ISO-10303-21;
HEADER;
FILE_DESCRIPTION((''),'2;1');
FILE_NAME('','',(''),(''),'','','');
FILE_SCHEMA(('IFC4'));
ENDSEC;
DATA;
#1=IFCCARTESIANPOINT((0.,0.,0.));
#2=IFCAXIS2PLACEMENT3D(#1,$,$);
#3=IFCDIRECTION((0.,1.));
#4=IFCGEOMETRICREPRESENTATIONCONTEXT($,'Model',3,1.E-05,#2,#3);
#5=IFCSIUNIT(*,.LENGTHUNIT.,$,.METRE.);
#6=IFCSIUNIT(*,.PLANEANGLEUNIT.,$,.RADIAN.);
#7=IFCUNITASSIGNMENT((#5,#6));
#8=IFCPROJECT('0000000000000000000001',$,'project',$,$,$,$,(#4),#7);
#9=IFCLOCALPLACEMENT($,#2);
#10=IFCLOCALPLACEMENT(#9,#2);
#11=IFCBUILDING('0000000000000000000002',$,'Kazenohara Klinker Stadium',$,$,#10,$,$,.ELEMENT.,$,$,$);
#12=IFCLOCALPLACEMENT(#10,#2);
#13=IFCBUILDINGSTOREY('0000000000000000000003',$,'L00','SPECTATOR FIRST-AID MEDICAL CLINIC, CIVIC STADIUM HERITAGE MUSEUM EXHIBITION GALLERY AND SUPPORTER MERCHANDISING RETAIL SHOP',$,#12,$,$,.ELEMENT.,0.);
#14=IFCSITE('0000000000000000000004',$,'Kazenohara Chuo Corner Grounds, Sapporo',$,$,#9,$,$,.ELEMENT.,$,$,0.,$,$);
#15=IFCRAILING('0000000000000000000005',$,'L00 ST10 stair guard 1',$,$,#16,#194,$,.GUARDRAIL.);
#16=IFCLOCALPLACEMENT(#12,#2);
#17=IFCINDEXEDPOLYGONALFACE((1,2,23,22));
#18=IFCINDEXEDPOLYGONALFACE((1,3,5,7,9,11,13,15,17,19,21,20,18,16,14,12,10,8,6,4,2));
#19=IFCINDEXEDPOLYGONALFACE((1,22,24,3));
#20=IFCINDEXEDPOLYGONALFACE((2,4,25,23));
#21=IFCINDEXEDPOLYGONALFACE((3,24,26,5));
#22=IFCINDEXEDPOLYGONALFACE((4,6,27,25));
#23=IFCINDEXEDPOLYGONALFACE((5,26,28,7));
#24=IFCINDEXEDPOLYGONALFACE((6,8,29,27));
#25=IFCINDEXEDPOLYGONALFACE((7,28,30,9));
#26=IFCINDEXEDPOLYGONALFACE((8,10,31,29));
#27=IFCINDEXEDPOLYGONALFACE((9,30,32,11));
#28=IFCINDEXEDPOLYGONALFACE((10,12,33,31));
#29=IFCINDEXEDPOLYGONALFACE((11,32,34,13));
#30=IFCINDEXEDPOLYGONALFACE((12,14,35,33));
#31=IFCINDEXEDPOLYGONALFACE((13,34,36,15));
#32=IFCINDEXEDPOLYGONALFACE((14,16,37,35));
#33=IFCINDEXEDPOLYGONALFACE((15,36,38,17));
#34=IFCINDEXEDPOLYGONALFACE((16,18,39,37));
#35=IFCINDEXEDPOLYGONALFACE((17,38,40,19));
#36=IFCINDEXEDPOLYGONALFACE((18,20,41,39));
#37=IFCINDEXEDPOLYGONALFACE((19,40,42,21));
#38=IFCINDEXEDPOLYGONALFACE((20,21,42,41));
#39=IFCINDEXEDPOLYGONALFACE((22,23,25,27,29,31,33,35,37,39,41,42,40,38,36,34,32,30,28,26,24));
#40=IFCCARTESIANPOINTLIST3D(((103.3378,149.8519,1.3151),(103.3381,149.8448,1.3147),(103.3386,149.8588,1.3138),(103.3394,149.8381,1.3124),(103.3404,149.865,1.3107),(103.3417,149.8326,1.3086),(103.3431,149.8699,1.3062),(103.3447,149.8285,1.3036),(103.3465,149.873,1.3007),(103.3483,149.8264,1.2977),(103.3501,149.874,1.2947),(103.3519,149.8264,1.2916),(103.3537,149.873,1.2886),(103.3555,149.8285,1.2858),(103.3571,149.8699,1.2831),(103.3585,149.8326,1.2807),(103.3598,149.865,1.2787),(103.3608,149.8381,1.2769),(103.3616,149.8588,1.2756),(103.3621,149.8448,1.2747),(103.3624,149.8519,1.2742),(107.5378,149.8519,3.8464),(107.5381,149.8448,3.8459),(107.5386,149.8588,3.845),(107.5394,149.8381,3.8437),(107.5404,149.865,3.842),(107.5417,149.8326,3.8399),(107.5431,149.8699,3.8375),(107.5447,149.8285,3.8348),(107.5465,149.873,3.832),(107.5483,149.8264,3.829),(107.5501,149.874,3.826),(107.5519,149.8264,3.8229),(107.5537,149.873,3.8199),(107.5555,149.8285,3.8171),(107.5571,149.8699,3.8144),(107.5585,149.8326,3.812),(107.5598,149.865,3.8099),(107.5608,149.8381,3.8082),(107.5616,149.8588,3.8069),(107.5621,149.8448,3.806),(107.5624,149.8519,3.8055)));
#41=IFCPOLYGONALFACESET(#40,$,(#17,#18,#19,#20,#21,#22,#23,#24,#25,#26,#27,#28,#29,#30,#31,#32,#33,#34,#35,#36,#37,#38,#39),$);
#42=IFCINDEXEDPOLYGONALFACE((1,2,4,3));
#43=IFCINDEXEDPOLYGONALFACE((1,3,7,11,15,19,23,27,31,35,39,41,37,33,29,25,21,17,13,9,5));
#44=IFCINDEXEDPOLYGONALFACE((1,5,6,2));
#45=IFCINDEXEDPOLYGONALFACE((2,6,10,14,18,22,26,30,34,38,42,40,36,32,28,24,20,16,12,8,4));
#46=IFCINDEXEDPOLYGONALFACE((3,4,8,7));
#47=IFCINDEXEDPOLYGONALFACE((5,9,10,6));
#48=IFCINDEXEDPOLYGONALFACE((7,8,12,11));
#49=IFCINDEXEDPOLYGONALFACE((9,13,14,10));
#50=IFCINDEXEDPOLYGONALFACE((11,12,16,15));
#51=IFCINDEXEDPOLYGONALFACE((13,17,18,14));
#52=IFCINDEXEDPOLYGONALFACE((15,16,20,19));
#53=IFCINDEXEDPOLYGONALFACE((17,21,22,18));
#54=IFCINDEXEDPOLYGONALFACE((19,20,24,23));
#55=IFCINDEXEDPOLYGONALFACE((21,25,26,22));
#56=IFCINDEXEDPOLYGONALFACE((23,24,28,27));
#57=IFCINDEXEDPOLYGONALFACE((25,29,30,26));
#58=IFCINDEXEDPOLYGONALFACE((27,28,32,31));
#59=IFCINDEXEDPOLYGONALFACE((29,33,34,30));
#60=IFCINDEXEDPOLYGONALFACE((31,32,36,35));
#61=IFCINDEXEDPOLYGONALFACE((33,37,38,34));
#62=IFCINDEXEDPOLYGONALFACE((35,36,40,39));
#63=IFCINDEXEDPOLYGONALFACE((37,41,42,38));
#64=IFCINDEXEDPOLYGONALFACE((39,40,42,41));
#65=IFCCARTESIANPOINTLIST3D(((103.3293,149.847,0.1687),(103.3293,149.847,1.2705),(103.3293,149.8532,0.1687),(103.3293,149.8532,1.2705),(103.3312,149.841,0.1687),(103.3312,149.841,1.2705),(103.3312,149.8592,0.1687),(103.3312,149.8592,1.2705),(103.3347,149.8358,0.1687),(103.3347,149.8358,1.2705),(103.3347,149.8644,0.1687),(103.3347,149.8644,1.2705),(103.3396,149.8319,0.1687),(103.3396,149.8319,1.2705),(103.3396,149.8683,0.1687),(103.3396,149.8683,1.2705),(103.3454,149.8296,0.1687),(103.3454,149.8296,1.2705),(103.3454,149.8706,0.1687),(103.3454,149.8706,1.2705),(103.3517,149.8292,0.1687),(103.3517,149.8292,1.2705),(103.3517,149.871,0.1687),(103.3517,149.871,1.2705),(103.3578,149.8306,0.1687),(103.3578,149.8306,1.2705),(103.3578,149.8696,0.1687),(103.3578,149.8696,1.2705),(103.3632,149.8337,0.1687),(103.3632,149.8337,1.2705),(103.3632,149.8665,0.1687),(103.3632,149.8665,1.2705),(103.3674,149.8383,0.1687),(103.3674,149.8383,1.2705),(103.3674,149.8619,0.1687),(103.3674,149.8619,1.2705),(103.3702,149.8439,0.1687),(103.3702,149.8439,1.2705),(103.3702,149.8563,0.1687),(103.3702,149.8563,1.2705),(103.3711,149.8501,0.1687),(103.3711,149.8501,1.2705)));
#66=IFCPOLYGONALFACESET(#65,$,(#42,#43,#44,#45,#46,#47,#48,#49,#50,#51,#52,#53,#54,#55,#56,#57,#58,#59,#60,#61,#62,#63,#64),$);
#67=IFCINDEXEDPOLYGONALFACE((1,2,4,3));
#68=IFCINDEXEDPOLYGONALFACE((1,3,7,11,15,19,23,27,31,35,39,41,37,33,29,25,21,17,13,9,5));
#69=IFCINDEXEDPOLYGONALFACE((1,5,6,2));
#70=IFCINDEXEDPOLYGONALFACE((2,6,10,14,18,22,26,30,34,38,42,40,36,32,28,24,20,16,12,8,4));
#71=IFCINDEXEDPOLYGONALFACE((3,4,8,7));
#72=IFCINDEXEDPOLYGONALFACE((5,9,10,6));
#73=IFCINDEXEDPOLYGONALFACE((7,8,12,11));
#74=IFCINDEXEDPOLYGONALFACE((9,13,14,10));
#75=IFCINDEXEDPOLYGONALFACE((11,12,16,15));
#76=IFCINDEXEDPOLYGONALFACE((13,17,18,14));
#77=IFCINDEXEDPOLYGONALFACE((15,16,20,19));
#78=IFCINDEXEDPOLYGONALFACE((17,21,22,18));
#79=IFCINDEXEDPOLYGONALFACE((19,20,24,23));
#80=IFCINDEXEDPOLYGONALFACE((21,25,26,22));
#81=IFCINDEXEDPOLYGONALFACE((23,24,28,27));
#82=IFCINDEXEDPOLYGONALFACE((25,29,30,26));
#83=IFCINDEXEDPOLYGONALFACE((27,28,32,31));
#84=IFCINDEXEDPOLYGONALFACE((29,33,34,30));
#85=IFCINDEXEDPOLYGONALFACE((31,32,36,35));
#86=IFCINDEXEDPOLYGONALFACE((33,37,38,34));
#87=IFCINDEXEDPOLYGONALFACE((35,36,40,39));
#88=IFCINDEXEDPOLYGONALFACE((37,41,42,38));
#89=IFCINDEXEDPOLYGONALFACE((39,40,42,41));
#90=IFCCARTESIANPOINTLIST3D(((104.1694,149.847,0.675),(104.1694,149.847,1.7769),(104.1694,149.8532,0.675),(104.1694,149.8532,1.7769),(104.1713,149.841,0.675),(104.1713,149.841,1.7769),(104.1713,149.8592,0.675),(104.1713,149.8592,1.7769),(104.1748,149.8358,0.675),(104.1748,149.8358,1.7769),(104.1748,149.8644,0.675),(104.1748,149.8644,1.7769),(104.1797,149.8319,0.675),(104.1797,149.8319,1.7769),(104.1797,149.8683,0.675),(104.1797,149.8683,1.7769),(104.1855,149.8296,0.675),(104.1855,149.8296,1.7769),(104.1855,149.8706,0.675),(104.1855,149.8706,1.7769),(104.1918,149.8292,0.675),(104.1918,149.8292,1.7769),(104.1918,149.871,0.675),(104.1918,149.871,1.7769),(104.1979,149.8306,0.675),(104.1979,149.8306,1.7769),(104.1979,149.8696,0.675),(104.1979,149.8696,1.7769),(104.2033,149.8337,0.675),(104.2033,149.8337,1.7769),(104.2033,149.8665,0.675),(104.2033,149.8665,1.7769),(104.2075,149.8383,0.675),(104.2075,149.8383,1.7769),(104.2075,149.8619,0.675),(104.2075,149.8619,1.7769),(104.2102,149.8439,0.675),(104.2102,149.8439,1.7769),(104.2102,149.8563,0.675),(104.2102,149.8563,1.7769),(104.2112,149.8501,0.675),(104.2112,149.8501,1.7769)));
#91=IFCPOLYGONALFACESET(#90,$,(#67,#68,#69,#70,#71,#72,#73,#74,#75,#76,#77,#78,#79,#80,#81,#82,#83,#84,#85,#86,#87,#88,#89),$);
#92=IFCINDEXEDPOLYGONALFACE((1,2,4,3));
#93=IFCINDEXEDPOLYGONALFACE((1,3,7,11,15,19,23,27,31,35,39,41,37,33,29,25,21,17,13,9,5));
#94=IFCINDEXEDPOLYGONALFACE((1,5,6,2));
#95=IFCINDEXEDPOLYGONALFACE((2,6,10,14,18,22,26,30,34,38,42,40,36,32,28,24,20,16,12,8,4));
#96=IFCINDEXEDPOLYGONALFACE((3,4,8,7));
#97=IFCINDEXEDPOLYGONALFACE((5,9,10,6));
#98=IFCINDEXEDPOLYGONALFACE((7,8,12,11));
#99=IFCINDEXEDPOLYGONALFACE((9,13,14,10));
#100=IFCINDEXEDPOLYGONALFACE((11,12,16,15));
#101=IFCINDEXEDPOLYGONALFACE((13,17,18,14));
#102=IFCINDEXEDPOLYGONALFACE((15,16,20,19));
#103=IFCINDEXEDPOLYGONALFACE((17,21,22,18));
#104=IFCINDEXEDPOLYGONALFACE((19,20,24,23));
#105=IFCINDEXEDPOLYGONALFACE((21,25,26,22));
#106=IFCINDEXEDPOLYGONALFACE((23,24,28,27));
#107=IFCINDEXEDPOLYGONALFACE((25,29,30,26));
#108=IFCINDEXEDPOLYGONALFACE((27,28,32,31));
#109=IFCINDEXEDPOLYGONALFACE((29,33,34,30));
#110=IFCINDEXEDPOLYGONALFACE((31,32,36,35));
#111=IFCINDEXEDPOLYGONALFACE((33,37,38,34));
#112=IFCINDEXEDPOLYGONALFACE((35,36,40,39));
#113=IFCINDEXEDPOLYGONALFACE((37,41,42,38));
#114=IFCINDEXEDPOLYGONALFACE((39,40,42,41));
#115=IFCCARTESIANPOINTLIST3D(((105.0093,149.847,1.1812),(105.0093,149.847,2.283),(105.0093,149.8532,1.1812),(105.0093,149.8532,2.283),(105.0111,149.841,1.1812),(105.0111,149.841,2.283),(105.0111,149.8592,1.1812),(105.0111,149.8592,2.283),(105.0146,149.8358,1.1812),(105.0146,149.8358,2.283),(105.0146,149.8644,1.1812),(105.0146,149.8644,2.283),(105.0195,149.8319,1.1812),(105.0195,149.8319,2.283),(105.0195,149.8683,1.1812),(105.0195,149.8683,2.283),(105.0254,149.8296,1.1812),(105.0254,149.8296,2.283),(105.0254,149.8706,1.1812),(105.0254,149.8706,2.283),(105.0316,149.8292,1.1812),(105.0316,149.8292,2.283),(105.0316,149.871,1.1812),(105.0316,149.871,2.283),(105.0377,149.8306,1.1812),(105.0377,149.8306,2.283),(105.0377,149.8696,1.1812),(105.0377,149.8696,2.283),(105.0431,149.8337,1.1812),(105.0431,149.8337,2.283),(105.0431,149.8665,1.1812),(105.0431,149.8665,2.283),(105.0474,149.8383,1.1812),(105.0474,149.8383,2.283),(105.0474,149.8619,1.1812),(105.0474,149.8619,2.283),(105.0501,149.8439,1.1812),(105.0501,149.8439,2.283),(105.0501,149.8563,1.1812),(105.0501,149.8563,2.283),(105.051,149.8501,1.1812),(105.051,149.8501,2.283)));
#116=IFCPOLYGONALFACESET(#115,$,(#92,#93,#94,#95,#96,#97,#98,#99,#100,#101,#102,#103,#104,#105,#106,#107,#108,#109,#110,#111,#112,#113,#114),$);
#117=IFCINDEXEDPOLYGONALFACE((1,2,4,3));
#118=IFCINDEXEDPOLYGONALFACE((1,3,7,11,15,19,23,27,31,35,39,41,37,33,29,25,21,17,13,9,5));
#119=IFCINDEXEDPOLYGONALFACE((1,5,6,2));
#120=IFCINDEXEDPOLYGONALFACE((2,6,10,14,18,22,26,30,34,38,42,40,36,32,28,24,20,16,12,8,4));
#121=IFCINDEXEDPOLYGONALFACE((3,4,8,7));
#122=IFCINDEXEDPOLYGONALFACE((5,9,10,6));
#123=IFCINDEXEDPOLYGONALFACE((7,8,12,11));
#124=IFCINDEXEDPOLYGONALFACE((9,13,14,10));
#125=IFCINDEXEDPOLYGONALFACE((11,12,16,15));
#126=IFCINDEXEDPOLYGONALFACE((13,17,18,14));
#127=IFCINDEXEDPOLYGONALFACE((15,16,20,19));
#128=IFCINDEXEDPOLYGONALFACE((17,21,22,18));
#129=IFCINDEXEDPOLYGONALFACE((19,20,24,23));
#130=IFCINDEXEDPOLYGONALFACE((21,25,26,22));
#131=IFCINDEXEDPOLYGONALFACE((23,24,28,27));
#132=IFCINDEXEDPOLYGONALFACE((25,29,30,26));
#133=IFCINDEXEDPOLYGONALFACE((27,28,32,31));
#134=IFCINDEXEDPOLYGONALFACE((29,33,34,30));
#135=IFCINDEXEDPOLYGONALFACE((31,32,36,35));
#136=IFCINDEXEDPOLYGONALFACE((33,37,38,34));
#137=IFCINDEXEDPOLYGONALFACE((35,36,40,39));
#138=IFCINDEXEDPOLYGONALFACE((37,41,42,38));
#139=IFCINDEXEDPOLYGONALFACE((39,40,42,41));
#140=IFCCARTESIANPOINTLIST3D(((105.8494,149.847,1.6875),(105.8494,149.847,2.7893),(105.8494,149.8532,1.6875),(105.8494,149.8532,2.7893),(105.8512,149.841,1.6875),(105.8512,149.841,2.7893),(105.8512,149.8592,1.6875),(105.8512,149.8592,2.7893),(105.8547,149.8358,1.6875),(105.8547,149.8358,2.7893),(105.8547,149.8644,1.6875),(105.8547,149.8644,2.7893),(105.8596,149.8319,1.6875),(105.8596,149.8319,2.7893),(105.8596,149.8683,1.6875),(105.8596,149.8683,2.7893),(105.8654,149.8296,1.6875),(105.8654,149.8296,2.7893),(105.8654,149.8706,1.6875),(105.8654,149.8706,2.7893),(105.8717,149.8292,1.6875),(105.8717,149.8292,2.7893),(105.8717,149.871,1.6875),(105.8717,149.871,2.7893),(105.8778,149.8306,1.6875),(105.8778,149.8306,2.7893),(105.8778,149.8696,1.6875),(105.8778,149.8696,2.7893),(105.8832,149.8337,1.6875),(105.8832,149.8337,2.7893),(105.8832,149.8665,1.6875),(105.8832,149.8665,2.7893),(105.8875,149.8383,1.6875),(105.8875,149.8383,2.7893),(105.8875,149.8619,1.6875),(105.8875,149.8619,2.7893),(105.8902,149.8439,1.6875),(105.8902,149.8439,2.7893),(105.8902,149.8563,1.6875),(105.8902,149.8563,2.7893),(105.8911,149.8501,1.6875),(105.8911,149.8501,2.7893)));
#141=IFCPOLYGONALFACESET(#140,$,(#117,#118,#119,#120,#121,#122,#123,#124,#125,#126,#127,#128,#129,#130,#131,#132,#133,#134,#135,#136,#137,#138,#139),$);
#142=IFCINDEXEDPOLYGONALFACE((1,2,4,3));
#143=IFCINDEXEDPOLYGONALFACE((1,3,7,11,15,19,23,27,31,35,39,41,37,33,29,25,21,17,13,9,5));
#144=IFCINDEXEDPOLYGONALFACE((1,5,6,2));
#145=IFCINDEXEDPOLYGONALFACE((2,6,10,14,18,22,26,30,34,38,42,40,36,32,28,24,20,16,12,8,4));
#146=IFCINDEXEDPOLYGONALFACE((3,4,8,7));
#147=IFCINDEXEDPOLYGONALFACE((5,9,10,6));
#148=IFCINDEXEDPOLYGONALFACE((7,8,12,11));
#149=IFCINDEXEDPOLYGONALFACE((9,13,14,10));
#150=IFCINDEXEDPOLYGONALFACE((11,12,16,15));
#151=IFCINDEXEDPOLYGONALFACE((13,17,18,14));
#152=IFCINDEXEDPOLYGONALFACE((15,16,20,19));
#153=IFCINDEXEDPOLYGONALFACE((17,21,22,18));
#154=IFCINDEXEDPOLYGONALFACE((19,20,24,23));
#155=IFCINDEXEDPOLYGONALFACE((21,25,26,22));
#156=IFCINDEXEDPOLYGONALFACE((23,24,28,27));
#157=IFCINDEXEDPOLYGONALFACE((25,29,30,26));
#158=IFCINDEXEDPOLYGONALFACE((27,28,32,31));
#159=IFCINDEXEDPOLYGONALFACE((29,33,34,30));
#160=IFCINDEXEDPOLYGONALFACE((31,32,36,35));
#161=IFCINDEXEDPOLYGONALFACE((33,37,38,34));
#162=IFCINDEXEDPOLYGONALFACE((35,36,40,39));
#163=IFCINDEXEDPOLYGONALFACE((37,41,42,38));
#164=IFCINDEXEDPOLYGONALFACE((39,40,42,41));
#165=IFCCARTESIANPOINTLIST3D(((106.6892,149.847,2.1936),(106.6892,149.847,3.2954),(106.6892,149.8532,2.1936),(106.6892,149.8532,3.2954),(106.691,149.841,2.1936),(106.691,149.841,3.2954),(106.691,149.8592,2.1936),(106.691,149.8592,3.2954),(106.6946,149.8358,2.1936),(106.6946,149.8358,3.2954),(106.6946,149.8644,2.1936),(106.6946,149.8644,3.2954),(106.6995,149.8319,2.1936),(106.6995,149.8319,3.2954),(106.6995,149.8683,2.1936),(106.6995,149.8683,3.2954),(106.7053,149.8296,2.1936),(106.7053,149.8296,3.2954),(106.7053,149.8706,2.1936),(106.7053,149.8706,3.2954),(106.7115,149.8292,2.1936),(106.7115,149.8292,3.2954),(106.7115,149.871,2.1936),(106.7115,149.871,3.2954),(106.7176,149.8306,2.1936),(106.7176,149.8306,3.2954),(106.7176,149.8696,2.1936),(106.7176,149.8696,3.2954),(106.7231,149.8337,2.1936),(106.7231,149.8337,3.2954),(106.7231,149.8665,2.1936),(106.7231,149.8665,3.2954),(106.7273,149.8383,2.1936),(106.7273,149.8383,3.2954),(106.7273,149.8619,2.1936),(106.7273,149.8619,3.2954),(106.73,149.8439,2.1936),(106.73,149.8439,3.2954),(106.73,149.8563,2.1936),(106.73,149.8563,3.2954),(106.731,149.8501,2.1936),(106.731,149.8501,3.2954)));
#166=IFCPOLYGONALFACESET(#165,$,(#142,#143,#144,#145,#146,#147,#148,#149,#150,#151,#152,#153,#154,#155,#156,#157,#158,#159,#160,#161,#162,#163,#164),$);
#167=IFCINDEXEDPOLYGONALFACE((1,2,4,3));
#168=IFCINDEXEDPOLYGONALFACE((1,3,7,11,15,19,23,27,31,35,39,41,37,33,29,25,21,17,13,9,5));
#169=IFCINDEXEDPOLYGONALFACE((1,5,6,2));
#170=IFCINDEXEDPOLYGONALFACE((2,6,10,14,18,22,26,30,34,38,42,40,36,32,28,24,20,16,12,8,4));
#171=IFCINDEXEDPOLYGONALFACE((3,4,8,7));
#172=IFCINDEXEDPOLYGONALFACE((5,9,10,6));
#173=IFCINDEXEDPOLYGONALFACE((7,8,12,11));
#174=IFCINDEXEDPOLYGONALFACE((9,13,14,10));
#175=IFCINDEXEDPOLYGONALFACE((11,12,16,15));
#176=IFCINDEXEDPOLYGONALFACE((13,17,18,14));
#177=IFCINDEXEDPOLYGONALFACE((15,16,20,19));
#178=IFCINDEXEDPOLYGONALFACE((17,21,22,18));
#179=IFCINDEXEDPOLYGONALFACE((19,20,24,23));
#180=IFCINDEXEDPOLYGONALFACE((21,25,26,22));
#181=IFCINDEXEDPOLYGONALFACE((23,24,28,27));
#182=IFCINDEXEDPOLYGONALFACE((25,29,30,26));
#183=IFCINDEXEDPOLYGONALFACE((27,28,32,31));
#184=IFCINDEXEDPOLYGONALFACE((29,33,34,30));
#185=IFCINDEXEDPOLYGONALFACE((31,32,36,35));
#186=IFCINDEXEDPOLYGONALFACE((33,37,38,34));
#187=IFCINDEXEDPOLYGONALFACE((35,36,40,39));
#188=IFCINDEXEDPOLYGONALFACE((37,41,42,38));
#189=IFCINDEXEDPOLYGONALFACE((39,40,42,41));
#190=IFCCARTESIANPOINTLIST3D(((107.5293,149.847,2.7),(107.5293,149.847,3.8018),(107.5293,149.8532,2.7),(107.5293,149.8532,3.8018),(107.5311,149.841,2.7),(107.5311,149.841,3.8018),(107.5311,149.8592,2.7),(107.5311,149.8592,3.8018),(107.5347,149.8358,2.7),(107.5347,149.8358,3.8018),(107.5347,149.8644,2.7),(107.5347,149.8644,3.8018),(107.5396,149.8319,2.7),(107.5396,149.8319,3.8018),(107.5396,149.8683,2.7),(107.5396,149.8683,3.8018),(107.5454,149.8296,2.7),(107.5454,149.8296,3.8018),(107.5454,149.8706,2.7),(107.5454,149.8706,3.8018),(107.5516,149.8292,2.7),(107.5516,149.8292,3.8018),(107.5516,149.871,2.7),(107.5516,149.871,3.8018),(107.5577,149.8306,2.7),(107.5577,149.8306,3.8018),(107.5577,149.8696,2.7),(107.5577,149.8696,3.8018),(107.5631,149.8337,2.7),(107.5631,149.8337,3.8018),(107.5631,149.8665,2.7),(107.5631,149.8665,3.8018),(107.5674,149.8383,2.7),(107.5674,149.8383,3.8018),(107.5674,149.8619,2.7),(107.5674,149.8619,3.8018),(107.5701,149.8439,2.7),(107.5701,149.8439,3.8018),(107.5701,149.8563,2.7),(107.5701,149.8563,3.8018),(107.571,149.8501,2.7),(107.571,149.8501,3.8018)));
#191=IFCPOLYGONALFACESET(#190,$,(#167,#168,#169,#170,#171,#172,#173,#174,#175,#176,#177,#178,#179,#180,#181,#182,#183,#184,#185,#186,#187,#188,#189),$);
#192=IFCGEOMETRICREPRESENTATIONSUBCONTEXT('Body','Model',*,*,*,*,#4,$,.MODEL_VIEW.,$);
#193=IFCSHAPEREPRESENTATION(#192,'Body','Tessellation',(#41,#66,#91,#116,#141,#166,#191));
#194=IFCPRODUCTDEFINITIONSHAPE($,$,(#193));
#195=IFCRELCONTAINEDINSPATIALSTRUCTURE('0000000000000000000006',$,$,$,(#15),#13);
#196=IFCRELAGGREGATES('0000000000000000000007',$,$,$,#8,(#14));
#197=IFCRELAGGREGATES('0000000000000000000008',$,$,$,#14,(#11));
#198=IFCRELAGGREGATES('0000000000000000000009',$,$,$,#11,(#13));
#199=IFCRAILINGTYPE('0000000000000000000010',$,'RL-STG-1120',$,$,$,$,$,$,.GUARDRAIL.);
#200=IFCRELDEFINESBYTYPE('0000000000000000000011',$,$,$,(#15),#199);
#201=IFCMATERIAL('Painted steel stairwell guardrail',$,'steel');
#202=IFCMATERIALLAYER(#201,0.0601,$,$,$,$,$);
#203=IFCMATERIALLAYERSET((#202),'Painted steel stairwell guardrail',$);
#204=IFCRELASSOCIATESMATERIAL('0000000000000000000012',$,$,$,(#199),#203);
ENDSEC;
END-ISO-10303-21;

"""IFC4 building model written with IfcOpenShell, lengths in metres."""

from ifc_helpers import new_model, si_unit, direction, frame, origin, origin_2d, place, context, subcontext, project, spatial, circle, extrude, material, layer, layer_set, type_object, element, save


model = new_model("IFC4")

# Units and contexts
model_context = context("Model", 3, precision=1e-05, world=origin(), true_north=direction((0.0, 1.0)))
body_context = subcontext(model_context, "Body", "Model", "MODEL_VIEW")
ifc_project = project(units=[si_unit("LENGTHUNIT", "METRE"), si_unit("PLANEANGLEUNIT", "RADIAN")], contexts=[model_context])

# Site, building, storey
site_placement = place(None, origin())
site = spatial("IfcSite", under=ifc_project, at=site_placement, Name="Kazenohara Chuo Corner Grounds, Sapporo", CompositionType="ELEMENT", RefElevation=0.0)
building_placement = place(site_placement, origin())
building = spatial("IfcBuilding", under=site, at=building_placement, Name="Kazenohara Klinker Stadium", CompositionType="ELEMENT")
storey_placement = place(building_placement, origin())
storey = spatial("IfcBuildingStorey", under=building, at=storey_placement, Name="L00", Description="SPECTATOR FIRST-AID MEDICAL CLINIC, CIVIC STADIUM HERITAGE MUSEUM EXHIBITION GALLERY AND SUPPORTER MERCHANDISING RETAIL SHOP", CompositionType="ELEMENT", Elevation=0.0)

# Railing
ifc_material_1 = material(Name="Painted steel stairwell guardrail", Category="steel")
ifc_layer_1 = layer(ifc_material_1, 0.0601)
ifc_layer_set_1 = layer_set([ifc_layer_1], Name="Painted steel stairwell guardrail")
railing_type_1 = type_object("IfcRailingType", Name="RL-STG-1120", PredefinedType="GUARDRAIL", material=ifc_layer_set_1)
railing_1_placement = place(storey_placement, frame((103.3501, 149.8501, 0.1687)))
element("IfcRailing", 1, at=railing_1_placement, inside=storey, type_object=railing_type_1, Name="L00 ST10 stair guard 1", PredefinedType="GUARDRAIL", context=body_context, shape_type="SweptSolid", body=[
    extrude(circle(Radius=0.0239, at=origin_2d()), frame((0.0, 0.0, 1.126), z_axis=(0.856476, 0.0, 0.516186), x_axis=(0.0, 1.0, 0.0)), (0.0, 0.0, 1.0), 4.9038),
    extrude(circle(Radius=0.021, at=origin_2d()), origin(), (0.0, 0.0, 1.0), 1.1018),
    extrude(circle(Radius=0.021, at=origin_2d()), frame((0.8401, 0.0, 0.5063)), (0.0, 0.0, 1.0), 1.1018),
    extrude(circle(Radius=0.021, at=origin_2d()), frame((1.6799, 0.0, 1.0125)), (0.0, 0.0, 1.0), 1.1018),
    extrude(circle(Radius=0.021, at=origin_2d()), frame((2.52, 0.0, 1.5188)), (0.0, 0.0, 1.0), 1.1018),
    extrude(circle(Radius=0.021, at=origin_2d()), frame((3.3599, 0.0, 2.0249)), (0.0, 0.0, 1.0), 1.1018),
    extrude(circle(Radius=0.021, at=origin_2d()), frame((4.2, 0.0, 2.5312)), (0.0, 0.0, 1.0), 1.1018),
])

save(model, "model.ifc")
